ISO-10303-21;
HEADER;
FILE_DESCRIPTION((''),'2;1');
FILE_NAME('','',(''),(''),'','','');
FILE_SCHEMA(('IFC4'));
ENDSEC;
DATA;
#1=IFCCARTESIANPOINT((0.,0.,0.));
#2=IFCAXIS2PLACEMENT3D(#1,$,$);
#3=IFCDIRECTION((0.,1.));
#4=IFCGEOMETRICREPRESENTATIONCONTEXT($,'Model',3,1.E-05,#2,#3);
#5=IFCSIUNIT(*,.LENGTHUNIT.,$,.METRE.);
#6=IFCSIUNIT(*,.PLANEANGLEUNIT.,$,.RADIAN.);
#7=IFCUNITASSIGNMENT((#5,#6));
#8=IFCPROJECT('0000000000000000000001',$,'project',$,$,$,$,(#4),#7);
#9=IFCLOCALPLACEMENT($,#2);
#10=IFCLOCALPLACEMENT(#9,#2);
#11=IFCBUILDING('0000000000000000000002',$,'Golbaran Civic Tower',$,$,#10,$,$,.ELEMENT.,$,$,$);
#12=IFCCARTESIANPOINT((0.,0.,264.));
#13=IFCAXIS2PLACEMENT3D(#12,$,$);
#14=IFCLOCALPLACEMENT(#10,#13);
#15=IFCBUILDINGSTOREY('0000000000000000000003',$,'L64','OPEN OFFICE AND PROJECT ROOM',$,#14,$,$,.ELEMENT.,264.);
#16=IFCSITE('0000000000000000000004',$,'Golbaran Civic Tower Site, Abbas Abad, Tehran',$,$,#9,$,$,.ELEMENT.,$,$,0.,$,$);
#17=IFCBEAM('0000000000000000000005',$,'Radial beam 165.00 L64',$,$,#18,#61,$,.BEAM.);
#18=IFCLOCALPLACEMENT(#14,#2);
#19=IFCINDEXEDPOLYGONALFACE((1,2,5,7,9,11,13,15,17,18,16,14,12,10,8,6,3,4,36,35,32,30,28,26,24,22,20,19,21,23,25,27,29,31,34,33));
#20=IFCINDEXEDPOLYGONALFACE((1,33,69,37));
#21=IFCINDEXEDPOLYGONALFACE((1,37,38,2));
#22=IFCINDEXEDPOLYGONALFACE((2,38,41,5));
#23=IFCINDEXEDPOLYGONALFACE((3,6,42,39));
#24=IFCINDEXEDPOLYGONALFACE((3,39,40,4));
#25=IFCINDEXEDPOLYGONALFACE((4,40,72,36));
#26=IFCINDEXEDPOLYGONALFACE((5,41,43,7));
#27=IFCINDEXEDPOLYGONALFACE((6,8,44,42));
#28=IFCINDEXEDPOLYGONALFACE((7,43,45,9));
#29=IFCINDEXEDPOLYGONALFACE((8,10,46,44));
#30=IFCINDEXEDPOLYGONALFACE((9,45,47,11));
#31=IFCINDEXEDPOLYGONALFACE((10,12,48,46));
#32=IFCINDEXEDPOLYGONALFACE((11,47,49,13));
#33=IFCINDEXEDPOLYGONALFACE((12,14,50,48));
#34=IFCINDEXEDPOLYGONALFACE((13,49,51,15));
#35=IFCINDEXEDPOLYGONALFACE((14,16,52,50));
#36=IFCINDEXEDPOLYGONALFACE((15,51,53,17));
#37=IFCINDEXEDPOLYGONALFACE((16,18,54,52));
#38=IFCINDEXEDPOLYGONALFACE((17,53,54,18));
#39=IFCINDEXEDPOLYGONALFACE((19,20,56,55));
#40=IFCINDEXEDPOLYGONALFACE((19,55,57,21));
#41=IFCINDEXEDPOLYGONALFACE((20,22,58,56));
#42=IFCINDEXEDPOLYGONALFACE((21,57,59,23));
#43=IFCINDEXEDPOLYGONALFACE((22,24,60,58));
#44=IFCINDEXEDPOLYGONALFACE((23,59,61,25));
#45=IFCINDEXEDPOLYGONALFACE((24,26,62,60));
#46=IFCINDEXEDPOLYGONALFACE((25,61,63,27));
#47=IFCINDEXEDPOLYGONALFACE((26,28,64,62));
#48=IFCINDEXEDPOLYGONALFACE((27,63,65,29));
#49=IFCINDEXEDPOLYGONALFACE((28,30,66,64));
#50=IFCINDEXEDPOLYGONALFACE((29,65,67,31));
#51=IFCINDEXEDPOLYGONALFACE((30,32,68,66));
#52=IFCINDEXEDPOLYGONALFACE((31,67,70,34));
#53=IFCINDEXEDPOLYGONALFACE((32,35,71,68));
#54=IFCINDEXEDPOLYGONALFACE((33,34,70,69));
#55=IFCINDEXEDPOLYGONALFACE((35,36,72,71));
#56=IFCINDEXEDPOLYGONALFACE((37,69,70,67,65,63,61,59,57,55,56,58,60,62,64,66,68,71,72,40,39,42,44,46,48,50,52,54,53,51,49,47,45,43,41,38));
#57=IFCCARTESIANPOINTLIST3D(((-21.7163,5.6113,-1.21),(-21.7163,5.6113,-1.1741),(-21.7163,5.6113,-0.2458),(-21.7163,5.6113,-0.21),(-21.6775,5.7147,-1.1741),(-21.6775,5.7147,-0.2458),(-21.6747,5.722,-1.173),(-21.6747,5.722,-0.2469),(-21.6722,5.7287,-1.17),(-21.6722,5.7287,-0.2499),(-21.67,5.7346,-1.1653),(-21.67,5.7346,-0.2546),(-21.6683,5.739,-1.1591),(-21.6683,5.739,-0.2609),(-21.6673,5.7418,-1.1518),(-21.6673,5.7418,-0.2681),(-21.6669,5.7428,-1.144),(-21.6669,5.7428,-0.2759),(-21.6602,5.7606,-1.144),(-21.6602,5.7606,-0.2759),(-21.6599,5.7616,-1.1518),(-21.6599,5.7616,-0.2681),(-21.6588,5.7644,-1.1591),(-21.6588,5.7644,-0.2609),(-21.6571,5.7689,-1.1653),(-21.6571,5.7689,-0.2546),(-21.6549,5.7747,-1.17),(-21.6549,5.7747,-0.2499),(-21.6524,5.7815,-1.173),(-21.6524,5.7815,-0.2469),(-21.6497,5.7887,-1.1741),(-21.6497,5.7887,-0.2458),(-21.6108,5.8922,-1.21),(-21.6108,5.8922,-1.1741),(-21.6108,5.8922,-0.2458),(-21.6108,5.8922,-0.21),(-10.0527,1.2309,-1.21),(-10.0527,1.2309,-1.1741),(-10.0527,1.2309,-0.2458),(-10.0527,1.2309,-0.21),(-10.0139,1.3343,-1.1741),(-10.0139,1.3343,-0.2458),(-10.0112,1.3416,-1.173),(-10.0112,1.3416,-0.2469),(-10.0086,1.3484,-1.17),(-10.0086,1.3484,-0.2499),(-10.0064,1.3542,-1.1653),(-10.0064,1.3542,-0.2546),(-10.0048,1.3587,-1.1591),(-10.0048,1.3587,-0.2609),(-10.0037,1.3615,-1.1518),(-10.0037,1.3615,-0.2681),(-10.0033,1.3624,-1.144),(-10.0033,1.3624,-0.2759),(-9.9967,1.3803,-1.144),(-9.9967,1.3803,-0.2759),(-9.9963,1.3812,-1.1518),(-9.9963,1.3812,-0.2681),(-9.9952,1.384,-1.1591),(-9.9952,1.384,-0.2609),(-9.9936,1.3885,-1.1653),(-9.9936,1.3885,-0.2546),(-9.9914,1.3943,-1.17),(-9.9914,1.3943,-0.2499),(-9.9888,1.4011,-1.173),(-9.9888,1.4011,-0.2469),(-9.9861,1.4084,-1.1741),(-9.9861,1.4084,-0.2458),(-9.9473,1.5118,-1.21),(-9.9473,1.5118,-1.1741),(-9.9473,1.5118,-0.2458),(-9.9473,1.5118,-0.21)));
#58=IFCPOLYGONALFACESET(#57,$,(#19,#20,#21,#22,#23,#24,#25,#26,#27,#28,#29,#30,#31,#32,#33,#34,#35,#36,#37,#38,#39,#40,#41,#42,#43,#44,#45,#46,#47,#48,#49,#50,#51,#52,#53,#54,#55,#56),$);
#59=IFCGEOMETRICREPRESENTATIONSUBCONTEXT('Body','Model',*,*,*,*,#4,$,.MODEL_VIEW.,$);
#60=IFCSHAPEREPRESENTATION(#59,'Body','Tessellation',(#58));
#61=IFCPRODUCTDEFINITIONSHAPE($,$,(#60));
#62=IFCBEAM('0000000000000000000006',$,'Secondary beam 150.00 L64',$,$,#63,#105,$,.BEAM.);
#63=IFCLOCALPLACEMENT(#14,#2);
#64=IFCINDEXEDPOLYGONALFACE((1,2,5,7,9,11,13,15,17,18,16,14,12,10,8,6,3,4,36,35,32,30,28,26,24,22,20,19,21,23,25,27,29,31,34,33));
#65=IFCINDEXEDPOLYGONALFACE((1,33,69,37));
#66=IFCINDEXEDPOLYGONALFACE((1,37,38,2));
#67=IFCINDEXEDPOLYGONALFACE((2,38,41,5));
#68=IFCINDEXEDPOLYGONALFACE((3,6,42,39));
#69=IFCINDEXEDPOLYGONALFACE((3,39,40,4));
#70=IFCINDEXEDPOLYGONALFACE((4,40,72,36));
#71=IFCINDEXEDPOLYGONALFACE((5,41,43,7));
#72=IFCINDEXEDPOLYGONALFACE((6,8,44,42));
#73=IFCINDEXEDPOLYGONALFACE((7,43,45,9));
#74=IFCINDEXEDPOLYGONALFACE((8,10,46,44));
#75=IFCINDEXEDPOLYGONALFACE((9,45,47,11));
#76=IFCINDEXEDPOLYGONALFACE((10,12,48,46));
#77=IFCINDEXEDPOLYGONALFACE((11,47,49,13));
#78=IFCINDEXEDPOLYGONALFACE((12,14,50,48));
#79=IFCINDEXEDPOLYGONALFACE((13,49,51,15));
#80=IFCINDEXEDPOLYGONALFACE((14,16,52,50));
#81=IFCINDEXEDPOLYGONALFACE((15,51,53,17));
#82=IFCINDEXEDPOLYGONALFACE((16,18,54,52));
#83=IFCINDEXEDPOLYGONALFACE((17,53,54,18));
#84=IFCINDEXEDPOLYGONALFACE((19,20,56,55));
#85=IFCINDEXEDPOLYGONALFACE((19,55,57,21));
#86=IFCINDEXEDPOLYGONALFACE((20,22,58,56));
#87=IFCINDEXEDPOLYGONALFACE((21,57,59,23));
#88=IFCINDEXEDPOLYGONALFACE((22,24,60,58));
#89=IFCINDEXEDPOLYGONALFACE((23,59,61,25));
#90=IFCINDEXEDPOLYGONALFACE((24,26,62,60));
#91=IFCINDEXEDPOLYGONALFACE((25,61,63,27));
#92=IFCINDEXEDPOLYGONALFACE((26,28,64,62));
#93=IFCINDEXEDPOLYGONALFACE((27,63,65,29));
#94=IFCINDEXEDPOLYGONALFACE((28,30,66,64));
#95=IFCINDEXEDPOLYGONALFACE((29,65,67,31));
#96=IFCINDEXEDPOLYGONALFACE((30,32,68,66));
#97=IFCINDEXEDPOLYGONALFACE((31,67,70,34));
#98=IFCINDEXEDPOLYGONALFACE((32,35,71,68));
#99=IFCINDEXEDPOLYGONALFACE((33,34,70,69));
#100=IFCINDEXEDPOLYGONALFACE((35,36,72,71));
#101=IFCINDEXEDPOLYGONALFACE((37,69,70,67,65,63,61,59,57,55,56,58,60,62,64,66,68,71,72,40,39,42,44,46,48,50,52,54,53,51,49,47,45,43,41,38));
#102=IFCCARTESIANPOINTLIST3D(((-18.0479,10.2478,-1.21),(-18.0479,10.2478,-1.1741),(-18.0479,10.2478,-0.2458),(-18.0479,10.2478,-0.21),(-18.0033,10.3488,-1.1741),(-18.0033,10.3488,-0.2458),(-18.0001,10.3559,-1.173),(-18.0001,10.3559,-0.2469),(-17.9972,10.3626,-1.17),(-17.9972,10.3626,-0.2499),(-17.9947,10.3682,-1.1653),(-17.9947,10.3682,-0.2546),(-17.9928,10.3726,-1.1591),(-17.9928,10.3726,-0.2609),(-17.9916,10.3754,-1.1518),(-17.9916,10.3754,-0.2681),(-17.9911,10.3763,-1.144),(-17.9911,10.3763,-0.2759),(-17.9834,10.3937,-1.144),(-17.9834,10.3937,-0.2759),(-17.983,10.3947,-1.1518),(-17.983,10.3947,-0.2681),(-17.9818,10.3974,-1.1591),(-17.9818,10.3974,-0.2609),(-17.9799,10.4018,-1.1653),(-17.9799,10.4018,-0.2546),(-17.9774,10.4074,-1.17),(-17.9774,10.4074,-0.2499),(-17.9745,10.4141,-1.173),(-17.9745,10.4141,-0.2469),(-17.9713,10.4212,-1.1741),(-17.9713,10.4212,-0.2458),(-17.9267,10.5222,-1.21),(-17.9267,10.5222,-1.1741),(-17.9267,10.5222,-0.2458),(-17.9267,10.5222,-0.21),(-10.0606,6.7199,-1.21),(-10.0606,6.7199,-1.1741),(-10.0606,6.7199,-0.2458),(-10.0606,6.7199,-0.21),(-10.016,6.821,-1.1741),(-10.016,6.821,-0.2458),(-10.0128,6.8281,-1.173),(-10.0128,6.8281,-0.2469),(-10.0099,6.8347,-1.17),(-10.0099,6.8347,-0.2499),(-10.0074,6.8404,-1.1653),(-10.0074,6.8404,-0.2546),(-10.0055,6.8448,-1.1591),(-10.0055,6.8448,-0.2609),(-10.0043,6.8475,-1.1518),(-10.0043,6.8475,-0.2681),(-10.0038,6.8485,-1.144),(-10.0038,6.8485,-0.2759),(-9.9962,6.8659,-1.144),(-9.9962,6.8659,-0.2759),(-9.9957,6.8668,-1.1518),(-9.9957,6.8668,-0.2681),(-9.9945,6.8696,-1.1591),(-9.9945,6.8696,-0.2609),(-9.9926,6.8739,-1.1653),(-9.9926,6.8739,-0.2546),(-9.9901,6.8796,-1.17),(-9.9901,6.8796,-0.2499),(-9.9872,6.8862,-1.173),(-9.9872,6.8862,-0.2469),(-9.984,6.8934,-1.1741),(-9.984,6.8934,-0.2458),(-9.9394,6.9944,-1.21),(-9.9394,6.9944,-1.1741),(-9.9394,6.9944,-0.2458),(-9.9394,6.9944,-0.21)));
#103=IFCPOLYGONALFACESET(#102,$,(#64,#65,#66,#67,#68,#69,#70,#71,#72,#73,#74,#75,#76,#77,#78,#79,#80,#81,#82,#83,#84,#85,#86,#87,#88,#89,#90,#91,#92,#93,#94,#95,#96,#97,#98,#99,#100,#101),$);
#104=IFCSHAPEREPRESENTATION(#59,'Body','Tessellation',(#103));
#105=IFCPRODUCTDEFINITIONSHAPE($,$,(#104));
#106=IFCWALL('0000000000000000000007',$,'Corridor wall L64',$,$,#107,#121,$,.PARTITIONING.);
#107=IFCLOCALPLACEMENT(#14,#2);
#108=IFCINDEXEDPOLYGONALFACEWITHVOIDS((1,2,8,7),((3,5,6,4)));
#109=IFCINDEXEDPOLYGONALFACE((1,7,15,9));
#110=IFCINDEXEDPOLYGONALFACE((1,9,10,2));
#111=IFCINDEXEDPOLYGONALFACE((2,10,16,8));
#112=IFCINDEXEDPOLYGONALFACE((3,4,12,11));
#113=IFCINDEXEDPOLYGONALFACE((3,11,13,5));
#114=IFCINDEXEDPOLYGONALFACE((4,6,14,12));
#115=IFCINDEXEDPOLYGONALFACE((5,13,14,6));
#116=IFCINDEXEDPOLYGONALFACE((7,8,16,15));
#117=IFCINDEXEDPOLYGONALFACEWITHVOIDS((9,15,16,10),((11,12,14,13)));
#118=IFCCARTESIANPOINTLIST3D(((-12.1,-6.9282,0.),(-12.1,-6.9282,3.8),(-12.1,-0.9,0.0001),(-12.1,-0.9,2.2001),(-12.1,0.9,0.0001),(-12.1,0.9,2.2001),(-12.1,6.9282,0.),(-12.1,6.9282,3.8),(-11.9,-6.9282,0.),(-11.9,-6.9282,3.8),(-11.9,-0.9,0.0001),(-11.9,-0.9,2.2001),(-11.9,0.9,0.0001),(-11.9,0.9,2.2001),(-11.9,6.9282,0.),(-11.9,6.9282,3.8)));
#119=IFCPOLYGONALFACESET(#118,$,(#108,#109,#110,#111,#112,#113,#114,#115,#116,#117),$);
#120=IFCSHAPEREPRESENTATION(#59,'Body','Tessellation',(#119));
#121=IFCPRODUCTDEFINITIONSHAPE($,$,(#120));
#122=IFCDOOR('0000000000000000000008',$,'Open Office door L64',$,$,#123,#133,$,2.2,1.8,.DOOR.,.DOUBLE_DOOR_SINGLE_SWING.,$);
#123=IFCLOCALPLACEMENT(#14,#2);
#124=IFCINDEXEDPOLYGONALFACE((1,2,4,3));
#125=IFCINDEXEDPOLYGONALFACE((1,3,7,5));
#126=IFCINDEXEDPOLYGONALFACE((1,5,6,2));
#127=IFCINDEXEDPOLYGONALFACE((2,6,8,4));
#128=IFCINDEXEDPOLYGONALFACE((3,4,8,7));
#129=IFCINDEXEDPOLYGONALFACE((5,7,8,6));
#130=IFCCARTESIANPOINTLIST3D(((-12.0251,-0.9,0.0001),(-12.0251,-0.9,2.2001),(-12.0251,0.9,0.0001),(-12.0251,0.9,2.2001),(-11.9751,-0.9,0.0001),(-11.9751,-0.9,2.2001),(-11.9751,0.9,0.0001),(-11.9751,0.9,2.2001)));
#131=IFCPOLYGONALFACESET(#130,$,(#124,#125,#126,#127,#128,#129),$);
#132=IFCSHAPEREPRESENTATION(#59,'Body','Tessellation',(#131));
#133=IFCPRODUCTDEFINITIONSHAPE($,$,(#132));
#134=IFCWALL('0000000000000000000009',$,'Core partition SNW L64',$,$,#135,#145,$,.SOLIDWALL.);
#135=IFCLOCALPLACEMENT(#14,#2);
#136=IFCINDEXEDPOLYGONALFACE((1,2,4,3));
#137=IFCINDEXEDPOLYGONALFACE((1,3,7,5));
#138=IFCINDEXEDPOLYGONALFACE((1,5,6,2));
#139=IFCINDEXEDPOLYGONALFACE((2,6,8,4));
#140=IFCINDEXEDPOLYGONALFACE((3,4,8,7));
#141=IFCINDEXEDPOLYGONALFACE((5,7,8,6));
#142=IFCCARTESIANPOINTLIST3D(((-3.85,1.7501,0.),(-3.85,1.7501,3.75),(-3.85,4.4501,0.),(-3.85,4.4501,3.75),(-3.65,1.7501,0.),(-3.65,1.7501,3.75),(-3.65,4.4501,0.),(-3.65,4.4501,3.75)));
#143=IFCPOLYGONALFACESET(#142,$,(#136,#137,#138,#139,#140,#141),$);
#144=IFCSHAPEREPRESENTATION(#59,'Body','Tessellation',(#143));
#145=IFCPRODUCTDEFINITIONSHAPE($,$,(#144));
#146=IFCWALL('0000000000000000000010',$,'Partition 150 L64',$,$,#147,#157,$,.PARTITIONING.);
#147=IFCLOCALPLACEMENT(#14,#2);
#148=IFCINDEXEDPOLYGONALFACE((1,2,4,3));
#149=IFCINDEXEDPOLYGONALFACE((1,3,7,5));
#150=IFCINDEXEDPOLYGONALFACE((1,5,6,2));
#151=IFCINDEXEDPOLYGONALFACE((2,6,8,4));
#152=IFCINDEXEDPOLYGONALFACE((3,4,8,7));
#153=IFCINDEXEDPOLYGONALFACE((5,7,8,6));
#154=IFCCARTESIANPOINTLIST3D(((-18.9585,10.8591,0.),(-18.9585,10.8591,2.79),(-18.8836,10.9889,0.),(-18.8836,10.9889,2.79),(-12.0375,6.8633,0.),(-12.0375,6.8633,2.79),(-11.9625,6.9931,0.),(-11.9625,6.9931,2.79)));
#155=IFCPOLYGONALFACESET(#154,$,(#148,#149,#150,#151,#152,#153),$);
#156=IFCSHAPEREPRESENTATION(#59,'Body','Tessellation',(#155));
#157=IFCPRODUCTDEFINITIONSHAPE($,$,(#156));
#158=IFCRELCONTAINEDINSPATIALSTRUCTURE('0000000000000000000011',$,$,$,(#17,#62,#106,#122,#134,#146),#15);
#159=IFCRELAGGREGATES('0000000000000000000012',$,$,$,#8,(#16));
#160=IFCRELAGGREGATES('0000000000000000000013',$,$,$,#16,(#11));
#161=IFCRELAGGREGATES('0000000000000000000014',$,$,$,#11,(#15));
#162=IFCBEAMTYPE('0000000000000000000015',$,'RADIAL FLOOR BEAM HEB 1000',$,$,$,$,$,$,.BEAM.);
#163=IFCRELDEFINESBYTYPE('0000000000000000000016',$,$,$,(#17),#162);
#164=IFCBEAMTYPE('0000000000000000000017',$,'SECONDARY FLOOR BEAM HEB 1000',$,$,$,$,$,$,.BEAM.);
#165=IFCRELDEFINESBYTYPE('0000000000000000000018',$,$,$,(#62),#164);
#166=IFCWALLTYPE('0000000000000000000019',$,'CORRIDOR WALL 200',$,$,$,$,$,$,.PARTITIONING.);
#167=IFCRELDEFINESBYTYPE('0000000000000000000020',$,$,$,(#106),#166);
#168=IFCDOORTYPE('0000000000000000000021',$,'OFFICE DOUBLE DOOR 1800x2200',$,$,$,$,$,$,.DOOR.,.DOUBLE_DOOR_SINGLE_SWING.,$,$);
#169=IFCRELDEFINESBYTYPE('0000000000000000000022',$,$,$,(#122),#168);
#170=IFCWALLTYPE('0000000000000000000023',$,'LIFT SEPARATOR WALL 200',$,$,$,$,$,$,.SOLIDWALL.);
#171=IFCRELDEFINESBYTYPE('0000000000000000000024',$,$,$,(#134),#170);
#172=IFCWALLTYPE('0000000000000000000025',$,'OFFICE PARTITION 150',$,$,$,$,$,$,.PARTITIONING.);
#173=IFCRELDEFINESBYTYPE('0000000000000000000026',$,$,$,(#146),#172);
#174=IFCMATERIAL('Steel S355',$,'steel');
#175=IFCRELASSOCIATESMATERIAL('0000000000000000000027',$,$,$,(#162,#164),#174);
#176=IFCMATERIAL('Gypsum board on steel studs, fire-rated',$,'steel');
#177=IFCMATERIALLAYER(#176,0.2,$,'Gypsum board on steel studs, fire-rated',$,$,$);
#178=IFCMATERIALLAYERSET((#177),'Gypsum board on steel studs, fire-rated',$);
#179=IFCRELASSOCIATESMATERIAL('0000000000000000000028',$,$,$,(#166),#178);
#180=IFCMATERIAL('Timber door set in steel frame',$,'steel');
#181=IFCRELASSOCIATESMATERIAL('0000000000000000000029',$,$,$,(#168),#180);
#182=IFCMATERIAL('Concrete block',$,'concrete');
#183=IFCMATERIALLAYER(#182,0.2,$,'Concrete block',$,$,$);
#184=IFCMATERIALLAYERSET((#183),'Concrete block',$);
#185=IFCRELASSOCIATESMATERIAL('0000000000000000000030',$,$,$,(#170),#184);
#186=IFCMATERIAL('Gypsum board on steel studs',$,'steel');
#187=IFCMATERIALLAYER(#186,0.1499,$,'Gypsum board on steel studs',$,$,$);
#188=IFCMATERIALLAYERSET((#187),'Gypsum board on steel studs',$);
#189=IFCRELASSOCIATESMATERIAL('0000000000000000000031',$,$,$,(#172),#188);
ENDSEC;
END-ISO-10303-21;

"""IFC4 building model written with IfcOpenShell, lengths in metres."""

from ifc_helpers import new_model, si_unit, direction, frame, frame_2d, origin, origin_2d, place, context, subcontext, project, spatial, rectangle, i_section, extrude, material, layer, layer_set, material_profile, profile_set, type_object, element, fill, save


model = new_model("IFC4")

# Units and contexts
model_context = context("Model", 3, precision=1e-05, world=origin(), true_north=direction((0.0, 1.0)))
body_context = subcontext(model_context, "Body", "Model", "MODEL_VIEW")
ifc_project = project(units=[si_unit("LENGTHUNIT", "METRE"), si_unit("PLANEANGLEUNIT", "RADIAN")], contexts=[model_context])

# Site, building, storey
site_placement = place(None, origin())
site = spatial("IfcSite", under=ifc_project, at=site_placement, Name="Golbaran Civic Tower Site, Abbas Abad, Tehran", CompositionType="ELEMENT", RefElevation=0.0)
building_placement = place(site_placement, origin())
building = spatial("IfcBuilding", under=site, at=building_placement, Name="Golbaran Civic Tower", CompositionType="ELEMENT")
storey_placement = place(building_placement, frame((0.0, 0.0, 264.0)))
storey = spatial("IfcBuildingStorey", under=building, at=storey_placement, Name="L64", Description="OPEN OFFICE AND PROJECT ROOM", CompositionType="ELEMENT", Elevation=264.0)

# Beams
ifc_material_1 = material(Name="Steel S355", Category="steel")
ifc_material_profile_1 = material_profile(ifc_material_1, i_section(OverallWidth=0.3, OverallDepth=1.0, WebThickness=0.019, FlangeThickness=0.0359, FilletRadius=0.03, at=origin_2d()), Name="HEB 1000")
ifc_profile_set_1 = profile_set([ifc_material_profile_1], Name="Steel S355")
beam_type_1 = type_object("IfcBeamType", Name="RADIAL FLOOR BEAM HEB 1000", PredefinedType="BEAM", material=ifc_profile_set_1)
beam_1_placement = place(storey_placement, frame((-10.0, 1.3713, -0.71), z_axis=(-0.936157, 0.351583, 0.0), x_axis=(-0.351583, -0.936157, 0.0)))
element("IfcBeam", 1, at=beam_1_placement, inside=storey, type_object=beam_type_1, Name="Radial beam 165.00 L64", PredefinedType="BEAM", context=body_context, shape_type="SweptSolid", body=[
    extrude(i_section(OverallWidth=0.3, OverallDepth=1.0, WebThickness=0.019, FlangeThickness=0.0359, FilletRadius=0.03, at=origin_2d()), origin(), (0.0, 0.0, 1.0), 12.459),
])
ifc_material_profile_2 = material_profile(ifc_material_1, i_section(OverallWidth=0.3, OverallDepth=1.0, WebThickness=0.019, FlangeThickness=0.0359, FilletRadius=0.03, at=origin_2d()), Name="HEB 1000")
ifc_profile_set_2 = profile_set([ifc_material_profile_2], Name="Steel S355")
beam_type_2 = type_object("IfcBeamType", Name="SECONDARY FLOOR BEAM HEB 1000", PredefinedType="BEAM", material=ifc_profile_set_2)
beam_2_placement = place(storey_placement, frame((-10.0, 6.8572, -0.71), z_axis=(-0.914748, 0.404026, 0.0), x_axis=(-0.404026, -0.914748, 0.0)))
element("IfcBeam", 2, at=beam_2_placement, inside=storey, type_object=beam_type_2, Name="Secondary beam 150.00 L64", PredefinedType="BEAM", context=body_context, shape_type="SweptSolid", body=[
    extrude(i_section(OverallWidth=0.3, OverallDepth=1.0, WebThickness=0.019, FlangeThickness=0.0359, FilletRadius=0.03, at=origin_2d()), origin(), (0.0, 0.0, 1.0), 8.7317),
])

# Wall, opening, door
ifc_material_2 = material(Name="Gypsum board on steel studs, fire-rated", Category="steel")
ifc_layer_1 = layer(ifc_material_2, 0.2, Name="Gypsum board on steel studs, fire-rated")
ifc_layer_set_1 = layer_set([ifc_layer_1], Name="Gypsum board on steel studs, fire-rated")
wall_type_1 = type_object("IfcWallType", Name="CORRIDOR WALL 200", PredefinedType="PARTITIONING", material=ifc_layer_set_1)
wall_1_placement = place(storey_placement, frame((-12.0, 6.9282, 0.0), z_axis=(0.0, 0.0, 1.0), x_axis=(0.0, -1.0, 0.0)))
wall_1 = element("IfcWall", 3, at=wall_1_placement, inside=storey, type_object=wall_type_1, Name="Corridor wall L64", PredefinedType="PARTITIONING", context=body_context, shape_type="SweptSolid", body=[
    extrude(rectangle(XDim=13.8564, YDim=0.2, at=frame_2d((6.9282, 0.0))), origin(), (0.0, 0.0, 1.0), 3.8),
])
opening_1_placement = place(wall_1_placement, frame((6.0283, 0.0, 0.0)))
opening_1 = element("IfcOpeningElement", 4, at=opening_1_placement, cuts=wall_1, PredefinedType="OPENING", context=body_context, shape_type="SweptSolid", body=[
    extrude(rectangle(XDim=1.8, YDim=2.2, at=frame_2d((0.8999, 1.1001))), frame((0.0, 0.1099, 0.0), z_axis=(0.0, -1.0, 0.0), x_axis=(1.0, 0.0, 0.0)), (0.0, 0.0, 1.0), 0.22),
])
ifc_material_3 = material(Name="Timber door set in steel frame", Category="steel")
door_type_1 = type_object("IfcDoorType", Name="OFFICE DOUBLE DOOR 1800x2200", OperationType="DOUBLE_DOOR_SINGLE_SWING", PredefinedType="DOOR", material=ifc_material_3)
door_1_placement = place(opening_1_placement, origin())
door_1 = element("IfcDoor", 5, at=door_1_placement, inside=storey, type_object=door_type_1, Name="Open Office door L64", OperationType="DOUBLE_DOOR_SINGLE_SWING", OverallHeight=2.2, OverallWidth=1.8, PredefinedType="DOOR", context=body_context, shape_type="SweptSolid", body=[
    extrude(rectangle(XDim=1.8, YDim=2.2, at=frame_2d((0.8999, 1.1001))), frame((0.0, 0.0249, 0.0), z_axis=(0.0, -1.0, 0.0), x_axis=(1.0, 0.0, 0.0)), (0.0, 0.0, 1.0), 0.05),
])
fill(opening_1, door_1)

# Walls
ifc_material_4 = material(Name="Concrete block", Category="concrete")
ifc_layer_2 = layer(ifc_material_4, 0.2, Name="Concrete block")
ifc_layer_set_2 = layer_set([ifc_layer_2], Name="Concrete block")
wall_type_2 = type_object("IfcWallType", Name="LIFT SEPARATOR WALL 200", PredefinedType="SOLIDWALL", material=ifc_layer_set_2)
wall_2_placement = place(storey_placement, frame((-3.75, 1.75, 0.0), z_axis=(0.0, 0.0, 1.0), x_axis=(0.0, 1.0, 0.0)))
element("IfcWall", 6, at=wall_2_placement, inside=storey, type_object=wall_type_2, Name="Core partition SNW L64", PredefinedType="SOLIDWALL", context=body_context, shape_type="SweptSolid", body=[
    extrude(rectangle(XDim=2.7, YDim=0.2, at=frame_2d((1.3501, 0.0))), origin(), (0.0, 0.0, 1.0), 3.75),
])
ifc_material_5 = material(Name="Gypsum board on steel studs", Category="steel")
ifc_layer_3 = layer(ifc_material_5, 0.1499, Name="Gypsum board on steel studs")
ifc_layer_set_3 = layer_set([ifc_layer_3], Name="Gypsum board on steel studs")
wall_type_3 = type_object("IfcWallType", Name="OFFICE PARTITION 150", PredefinedType="PARTITIONING", material=ifc_layer_set_3)
wall_3_placement = place(storey_placement, frame((-12.0, 6.9282, 0.0), z_axis=(0.0, 0.0, 1.0), x_axis=(-0.866029, 0.499993, 0.0)))
element("IfcWall", 7, at=wall_3_placement, inside=storey, type_object=wall_type_3, Name="Partition 150 L64", PredefinedType="PARTITIONING", context=body_context, shape_type="SweptSolid", body=[
    extrude(rectangle(XDim=7.9917, YDim=0.1499, at=frame_2d((3.9958, 0.0))), origin(), (0.0, 0.0, 1.0), 2.79),
])

save(model, "model.ifc")
